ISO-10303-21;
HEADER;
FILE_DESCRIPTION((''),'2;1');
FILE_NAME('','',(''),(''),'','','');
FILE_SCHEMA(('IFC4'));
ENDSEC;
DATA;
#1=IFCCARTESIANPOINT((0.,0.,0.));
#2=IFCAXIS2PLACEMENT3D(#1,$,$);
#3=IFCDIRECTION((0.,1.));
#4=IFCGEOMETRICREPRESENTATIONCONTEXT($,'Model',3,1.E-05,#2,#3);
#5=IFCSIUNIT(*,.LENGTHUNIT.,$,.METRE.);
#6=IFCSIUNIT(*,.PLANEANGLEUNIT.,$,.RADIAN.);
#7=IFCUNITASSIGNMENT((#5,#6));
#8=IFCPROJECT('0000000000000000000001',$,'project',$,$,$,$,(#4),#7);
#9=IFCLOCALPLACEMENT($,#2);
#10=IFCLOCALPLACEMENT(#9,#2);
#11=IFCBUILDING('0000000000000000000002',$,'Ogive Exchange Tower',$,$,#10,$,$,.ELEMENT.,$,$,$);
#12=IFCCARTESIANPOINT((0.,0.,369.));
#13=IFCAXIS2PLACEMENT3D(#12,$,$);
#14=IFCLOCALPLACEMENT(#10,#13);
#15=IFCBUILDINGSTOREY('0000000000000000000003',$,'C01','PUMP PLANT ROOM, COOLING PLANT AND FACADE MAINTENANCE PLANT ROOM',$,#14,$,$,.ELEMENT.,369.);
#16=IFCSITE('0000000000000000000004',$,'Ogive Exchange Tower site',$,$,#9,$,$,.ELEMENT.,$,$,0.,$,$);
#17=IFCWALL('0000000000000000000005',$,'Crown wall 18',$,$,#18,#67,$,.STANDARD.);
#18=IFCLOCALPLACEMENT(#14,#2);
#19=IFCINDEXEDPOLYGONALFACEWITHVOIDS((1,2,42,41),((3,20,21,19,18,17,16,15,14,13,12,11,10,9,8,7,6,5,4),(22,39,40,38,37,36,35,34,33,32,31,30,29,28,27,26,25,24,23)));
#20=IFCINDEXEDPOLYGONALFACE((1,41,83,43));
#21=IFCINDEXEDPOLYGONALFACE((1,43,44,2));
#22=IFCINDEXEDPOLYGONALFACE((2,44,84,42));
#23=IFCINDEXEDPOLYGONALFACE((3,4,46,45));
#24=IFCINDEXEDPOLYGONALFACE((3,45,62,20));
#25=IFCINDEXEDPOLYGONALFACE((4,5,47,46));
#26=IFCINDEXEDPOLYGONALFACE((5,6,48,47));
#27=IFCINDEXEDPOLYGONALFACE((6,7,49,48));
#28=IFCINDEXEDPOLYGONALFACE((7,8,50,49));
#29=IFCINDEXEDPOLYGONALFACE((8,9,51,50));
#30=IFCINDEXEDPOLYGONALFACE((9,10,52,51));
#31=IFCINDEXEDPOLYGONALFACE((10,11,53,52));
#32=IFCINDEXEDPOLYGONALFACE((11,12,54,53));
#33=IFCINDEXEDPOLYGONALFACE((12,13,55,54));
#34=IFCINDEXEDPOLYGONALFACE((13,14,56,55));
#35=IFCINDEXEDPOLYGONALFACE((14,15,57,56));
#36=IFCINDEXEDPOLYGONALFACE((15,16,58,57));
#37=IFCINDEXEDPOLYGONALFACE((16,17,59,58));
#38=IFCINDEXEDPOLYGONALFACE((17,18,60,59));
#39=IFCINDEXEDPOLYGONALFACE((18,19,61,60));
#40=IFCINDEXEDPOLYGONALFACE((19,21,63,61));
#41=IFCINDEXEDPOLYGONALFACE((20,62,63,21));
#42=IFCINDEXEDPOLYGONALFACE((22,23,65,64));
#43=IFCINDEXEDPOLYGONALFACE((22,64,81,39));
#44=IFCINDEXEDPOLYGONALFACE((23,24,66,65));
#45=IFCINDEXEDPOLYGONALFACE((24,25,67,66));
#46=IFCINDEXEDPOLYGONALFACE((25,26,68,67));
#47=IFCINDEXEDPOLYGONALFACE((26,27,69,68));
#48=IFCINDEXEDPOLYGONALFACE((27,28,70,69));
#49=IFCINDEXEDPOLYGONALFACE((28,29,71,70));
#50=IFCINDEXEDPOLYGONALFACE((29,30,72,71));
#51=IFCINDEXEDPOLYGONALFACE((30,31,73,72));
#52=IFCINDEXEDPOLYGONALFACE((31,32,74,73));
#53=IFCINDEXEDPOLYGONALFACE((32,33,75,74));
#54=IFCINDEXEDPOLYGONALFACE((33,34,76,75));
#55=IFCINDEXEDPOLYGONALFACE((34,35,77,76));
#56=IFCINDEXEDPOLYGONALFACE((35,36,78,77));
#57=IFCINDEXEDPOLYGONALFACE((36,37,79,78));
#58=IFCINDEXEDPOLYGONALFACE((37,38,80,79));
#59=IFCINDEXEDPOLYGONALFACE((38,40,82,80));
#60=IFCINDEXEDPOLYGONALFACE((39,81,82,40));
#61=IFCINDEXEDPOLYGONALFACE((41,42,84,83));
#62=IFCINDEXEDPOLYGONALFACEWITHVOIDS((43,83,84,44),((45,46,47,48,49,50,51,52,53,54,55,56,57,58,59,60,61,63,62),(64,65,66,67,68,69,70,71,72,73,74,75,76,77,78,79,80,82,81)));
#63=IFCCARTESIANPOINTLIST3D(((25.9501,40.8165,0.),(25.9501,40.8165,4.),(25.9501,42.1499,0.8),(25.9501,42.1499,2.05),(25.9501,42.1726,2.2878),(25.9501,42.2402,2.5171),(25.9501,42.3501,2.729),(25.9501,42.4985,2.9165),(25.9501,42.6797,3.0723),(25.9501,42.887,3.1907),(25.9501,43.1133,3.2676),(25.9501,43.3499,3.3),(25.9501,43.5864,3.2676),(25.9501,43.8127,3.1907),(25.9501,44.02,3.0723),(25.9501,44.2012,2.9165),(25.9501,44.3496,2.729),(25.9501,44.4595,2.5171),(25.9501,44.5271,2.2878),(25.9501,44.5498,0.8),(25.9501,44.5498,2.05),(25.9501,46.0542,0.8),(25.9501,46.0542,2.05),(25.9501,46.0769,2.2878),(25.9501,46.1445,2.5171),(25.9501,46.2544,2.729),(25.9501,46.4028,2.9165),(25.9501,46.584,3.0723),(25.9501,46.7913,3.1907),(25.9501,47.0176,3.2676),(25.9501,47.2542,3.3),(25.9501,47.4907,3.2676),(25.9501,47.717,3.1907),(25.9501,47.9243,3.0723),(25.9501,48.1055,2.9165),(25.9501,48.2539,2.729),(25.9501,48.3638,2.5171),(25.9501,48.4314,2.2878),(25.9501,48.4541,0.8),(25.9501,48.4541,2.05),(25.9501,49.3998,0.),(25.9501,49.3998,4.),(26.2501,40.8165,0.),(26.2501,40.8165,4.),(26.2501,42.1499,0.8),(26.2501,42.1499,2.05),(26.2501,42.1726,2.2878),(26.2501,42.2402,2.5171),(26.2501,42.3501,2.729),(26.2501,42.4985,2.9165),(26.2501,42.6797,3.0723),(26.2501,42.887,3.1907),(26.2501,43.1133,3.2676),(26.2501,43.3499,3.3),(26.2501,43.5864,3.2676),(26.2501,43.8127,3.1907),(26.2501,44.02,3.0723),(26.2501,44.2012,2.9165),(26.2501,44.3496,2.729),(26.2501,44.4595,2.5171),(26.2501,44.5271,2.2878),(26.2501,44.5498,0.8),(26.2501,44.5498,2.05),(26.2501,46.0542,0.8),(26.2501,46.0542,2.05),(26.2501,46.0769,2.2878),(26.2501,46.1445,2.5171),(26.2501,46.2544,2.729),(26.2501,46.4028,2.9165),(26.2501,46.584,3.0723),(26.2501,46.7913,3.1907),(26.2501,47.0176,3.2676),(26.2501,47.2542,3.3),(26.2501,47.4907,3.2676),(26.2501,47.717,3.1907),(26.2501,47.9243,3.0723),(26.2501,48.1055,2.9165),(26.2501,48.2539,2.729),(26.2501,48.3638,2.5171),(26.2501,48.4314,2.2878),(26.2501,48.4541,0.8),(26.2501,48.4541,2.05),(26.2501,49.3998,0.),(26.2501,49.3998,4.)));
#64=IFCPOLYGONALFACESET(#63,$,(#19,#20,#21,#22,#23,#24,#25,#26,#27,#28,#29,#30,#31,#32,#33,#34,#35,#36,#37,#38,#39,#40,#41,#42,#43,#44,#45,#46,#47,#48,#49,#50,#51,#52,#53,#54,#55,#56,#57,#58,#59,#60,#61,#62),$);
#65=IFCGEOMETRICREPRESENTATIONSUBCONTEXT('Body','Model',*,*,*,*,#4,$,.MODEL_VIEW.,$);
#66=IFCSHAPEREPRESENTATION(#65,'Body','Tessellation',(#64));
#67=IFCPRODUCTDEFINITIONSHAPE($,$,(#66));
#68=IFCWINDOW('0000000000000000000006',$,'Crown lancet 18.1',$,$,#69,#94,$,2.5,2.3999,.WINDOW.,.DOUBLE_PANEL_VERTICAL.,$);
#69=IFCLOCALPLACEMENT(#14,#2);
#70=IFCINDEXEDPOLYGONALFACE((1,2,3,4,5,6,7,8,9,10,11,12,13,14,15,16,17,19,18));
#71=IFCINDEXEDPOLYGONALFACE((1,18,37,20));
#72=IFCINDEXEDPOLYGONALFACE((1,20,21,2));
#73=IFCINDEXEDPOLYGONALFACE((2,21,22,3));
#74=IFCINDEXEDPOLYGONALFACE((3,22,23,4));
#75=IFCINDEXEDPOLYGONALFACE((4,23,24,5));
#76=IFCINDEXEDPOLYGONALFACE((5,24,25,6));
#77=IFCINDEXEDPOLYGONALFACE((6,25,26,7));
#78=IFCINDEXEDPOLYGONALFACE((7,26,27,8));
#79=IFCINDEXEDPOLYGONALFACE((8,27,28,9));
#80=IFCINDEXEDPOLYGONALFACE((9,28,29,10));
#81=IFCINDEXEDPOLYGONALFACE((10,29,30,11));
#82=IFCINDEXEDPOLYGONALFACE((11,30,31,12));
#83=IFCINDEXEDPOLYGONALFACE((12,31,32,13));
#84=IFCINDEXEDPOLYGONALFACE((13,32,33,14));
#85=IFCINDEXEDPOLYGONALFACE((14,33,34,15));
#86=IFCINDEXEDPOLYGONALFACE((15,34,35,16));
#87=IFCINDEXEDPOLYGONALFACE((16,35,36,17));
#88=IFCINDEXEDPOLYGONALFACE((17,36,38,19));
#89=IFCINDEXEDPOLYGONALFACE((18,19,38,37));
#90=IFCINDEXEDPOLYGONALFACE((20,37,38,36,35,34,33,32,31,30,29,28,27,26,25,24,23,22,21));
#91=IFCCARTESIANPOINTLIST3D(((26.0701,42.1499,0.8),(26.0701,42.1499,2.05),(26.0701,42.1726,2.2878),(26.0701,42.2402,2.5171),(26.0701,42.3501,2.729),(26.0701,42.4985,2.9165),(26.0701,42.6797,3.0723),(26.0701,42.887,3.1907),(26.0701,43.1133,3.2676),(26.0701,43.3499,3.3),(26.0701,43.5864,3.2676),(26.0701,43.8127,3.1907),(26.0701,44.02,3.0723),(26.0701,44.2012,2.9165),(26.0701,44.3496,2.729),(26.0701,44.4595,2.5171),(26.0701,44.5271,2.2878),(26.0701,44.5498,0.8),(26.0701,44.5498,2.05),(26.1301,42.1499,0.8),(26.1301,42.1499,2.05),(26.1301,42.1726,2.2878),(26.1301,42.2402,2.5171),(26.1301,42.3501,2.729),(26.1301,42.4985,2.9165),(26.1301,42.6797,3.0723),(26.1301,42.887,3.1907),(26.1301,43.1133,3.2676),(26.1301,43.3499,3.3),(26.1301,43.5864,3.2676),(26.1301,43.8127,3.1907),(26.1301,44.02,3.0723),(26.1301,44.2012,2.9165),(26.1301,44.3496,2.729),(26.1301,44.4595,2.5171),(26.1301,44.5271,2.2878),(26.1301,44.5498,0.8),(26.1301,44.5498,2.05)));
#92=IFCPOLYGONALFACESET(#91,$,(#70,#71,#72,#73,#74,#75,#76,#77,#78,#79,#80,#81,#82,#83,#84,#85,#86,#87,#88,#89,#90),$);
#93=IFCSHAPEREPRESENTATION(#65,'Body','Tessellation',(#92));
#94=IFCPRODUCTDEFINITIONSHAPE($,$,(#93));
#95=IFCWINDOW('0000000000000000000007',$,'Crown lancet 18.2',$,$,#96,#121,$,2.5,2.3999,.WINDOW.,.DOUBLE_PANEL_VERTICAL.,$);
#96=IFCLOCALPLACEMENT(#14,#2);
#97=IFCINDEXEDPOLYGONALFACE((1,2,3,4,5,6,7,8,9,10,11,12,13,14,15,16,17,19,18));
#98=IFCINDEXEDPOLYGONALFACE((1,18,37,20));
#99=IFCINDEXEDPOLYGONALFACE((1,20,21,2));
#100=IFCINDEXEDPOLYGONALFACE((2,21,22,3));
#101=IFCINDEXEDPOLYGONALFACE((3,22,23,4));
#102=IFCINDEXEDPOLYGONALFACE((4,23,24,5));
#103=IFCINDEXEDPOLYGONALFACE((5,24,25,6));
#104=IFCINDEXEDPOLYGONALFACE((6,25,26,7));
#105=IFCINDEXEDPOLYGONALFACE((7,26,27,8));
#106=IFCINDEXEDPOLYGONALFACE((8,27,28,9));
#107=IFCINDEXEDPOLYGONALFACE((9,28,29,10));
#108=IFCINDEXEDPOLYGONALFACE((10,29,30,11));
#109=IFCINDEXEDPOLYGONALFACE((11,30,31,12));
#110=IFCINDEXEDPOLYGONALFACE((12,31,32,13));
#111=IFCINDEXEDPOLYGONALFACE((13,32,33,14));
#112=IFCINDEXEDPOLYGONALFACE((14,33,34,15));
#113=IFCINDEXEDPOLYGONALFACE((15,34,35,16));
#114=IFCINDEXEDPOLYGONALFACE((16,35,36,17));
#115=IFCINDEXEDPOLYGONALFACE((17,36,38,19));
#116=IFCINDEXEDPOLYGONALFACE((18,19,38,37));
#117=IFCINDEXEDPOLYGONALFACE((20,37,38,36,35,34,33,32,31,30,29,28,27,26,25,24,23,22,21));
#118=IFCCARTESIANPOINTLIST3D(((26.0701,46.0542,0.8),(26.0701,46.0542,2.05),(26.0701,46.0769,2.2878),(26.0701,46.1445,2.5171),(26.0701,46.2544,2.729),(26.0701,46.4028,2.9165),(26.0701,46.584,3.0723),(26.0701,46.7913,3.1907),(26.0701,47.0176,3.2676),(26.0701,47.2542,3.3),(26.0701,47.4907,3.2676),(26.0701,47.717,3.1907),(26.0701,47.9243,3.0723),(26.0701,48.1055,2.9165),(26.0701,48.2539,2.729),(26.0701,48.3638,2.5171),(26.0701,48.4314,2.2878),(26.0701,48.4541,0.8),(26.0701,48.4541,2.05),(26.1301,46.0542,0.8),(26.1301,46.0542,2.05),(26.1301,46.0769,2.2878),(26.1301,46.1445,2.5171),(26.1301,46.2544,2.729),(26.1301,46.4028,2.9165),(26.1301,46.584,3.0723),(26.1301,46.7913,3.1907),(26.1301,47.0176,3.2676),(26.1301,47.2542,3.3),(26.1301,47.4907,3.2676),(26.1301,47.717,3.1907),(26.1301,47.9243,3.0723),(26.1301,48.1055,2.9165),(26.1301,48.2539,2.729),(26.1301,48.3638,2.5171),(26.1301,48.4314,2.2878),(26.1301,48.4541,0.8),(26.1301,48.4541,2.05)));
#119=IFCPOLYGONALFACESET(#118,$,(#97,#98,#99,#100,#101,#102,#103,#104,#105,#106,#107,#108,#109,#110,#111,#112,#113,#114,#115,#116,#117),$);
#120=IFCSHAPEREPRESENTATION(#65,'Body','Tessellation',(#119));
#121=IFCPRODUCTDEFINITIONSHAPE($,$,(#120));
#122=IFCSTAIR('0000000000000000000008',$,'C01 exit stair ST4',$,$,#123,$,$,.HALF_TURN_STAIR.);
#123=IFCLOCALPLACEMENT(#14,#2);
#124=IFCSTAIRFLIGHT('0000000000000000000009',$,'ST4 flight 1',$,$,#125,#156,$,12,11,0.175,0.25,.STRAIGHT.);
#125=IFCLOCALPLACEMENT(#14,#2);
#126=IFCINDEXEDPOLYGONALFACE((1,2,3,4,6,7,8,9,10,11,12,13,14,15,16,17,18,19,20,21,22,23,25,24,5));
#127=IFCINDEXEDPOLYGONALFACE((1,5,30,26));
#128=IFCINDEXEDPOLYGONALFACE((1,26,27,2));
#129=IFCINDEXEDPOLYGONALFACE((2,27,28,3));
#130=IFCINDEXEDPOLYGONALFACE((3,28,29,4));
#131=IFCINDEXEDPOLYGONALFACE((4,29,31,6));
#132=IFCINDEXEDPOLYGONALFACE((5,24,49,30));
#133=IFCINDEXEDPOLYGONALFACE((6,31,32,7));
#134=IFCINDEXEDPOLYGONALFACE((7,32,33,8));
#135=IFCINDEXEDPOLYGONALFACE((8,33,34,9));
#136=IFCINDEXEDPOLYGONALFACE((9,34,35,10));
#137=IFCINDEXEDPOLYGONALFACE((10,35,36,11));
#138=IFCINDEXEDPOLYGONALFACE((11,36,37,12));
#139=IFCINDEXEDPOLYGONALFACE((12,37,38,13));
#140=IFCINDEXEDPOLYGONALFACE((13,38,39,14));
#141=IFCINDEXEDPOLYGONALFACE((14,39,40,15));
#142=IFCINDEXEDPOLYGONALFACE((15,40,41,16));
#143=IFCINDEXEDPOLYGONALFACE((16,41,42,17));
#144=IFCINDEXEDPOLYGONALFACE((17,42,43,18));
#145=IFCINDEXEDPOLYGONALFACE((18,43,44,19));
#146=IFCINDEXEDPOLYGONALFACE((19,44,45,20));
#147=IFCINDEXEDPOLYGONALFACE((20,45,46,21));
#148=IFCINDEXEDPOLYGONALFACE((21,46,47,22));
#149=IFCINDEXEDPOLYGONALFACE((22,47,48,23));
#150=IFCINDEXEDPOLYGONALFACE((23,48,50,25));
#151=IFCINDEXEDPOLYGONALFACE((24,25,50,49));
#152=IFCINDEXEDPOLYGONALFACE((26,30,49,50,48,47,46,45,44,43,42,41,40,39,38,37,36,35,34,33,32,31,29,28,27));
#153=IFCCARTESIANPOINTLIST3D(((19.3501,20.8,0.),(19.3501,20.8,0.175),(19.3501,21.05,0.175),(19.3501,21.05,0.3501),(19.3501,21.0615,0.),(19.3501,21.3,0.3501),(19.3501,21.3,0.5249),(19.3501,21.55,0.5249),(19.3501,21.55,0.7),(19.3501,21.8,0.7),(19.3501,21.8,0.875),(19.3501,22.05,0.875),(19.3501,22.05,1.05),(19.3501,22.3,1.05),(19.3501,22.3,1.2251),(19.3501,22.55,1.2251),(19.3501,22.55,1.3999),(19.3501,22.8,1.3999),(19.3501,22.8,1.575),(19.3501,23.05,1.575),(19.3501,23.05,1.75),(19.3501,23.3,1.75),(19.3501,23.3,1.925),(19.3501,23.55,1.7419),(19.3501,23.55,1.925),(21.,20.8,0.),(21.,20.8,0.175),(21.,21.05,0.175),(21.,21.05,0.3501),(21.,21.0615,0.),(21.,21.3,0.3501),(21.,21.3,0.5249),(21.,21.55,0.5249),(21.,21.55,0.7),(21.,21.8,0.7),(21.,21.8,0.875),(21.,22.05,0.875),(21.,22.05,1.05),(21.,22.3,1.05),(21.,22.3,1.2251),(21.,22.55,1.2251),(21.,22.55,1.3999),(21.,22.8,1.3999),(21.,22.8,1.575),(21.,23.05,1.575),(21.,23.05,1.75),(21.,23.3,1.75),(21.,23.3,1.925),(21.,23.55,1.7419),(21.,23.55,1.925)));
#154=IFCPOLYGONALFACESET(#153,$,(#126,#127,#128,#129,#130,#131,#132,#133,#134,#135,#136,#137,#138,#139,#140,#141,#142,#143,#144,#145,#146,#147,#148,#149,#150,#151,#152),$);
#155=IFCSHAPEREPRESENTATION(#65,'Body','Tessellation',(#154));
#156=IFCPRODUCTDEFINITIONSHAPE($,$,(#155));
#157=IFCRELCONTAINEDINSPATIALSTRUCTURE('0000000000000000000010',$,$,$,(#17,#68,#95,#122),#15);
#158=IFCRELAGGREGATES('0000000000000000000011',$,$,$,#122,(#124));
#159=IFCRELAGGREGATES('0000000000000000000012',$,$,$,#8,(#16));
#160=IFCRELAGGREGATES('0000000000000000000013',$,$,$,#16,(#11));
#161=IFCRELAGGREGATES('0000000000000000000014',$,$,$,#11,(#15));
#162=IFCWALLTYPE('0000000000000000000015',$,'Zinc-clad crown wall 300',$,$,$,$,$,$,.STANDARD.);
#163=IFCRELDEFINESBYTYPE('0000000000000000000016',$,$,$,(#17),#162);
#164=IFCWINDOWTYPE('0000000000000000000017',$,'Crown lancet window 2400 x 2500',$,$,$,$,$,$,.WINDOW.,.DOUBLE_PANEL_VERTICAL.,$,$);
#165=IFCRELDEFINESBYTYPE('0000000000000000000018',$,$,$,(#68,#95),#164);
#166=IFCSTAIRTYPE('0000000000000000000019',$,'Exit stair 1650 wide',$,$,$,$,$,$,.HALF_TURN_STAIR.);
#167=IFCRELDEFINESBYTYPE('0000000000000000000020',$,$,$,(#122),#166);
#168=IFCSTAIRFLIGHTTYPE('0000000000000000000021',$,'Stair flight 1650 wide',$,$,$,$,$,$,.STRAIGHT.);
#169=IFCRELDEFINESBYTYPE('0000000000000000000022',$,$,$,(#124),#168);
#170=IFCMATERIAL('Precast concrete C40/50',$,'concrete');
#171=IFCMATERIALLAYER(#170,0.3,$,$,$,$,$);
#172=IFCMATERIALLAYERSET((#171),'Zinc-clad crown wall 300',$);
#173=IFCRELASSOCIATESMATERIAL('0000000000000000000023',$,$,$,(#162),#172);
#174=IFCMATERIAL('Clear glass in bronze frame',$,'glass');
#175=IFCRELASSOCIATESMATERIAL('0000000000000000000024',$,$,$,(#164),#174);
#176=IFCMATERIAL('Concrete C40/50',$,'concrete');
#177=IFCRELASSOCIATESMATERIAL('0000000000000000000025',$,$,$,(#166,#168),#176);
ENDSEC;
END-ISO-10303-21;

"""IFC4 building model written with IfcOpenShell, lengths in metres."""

from ifc_helpers import new_model, si_unit, direction, frame, frame_2d, origin, place, context, subcontext, project, spatial, polyline, rectangle, outline, extrude, material, layer, layer_set, type_object, element, fill, aggregate, save


model = new_model("IFC4")

# Units and contexts
model_context = context("Model", 3, precision=1e-05, world=origin(), true_north=direction((0.0, 1.0)))
body_context = subcontext(model_context, "Body", "Model", "MODEL_VIEW")
ifc_project = project(units=[si_unit("LENGTHUNIT", "METRE"), si_unit("PLANEANGLEUNIT", "RADIAN")], contexts=[model_context])

# Site, building, storey
site_placement = place(None, origin())
site = spatial("IfcSite", under=ifc_project, at=site_placement, Name="Ogive Exchange Tower site", CompositionType="ELEMENT", RefElevation=0.0)
building_placement = place(site_placement, origin())
building = spatial("IfcBuilding", under=site, at=building_placement, Name="Ogive Exchange Tower", CompositionType="ELEMENT")
storey_placement = place(building_placement, frame((0.0, 0.0, 369.0)))
storey = spatial("IfcBuildingStorey", under=building, at=storey_placement, Name="C01", Description="PUMP PLANT ROOM, COOLING PLANT AND FACADE MAINTENANCE PLANT ROOM", CompositionType="ELEMENT", Elevation=369.0)

# Wall, openings, windows
ifc_material_1 = material(Name="Precast concrete C40/50", Category="concrete")
ifc_layer_1 = layer(ifc_material_1, 0.3)
ifc_layer_set_1 = layer_set([ifc_layer_1], Name="Zinc-clad crown wall 300")
wall_type_1 = type_object("IfcWallType", Name="Zinc-clad crown wall 300", PredefinedType="STANDARD", material=ifc_layer_set_1)
ifc_material_2 = material(Name="Clear glass in bronze frame", Category="glass")
window_type = type_object("IfcWindowType", Name="Crown lancet window 2400 x 2500", PartitioningType="DOUBLE_PANEL_VERTICAL", PredefinedType="WINDOW", material=ifc_material_2)
wall_1_placement = place(storey_placement, frame((26.1001, 40.8167, 0.0), z_axis=(0.0, 0.0, 1.0), x_axis=(0.0, 1.0, 0.0)))
wall_1 = element("IfcWall", 1, at=wall_1_placement, inside=storey, type_object=wall_type_1, Name="Crown wall 18", PredefinedType="STANDARD", context=body_context, shape_type="SweptSolid", body=[
    extrude(rectangle(XDim=8.5833, YDim=0.3, at=frame_2d((4.2915, 0.0))), origin(), (0.0, 0.0, 1.0), 4.0),
])
opening_1_placement = place(wall_1_placement, frame((1.3333, 0.0, 0.8)))
opening_1 = element("IfcOpeningElement", 2, at=opening_1_placement, cuts=wall_1, PredefinedType="OPENING", context=body_context, shape_type="SweptSolid", body=[
    extrude(outline(polyline([(0.0, 0.0), (2.3999, 0.0), (2.3999, 1.25), (2.3772, 1.4878), (2.3096, 1.717), (2.1997, 1.929), (2.0513, 2.1165), (1.8701, 2.2722), (1.6628, 2.3906), (1.4365, 2.4675), (1.2, 2.5), (0.9634, 2.4675), (0.7371, 2.3906), (0.5298, 2.2722), (0.3486, 2.1165), (0.2002, 1.929), (0.0903, 1.717), (0.0227, 1.4878), (0.0, 1.25), (0.0, 0.0)])), frame((0.0, 0.1599, 0.0), z_axis=(0.0, -1.0, 0.0), x_axis=(1.0, 0.0, 0.0)), (0.0, 0.0, 1.0), 0.3201),
])
opening_2_placement = place(wall_1_placement, frame((5.2375, 0.0, 0.8)))
opening_2 = element("IfcOpeningElement", 3, at=opening_2_placement, cuts=wall_1, PredefinedType="OPENING", context=body_context, shape_type="SweptSolid", body=[
    extrude(outline(polyline([(0.0, 0.0), (2.3999, 0.0), (2.3999, 1.25), (2.3772, 1.4878), (2.3096, 1.717), (2.1997, 1.929), (2.0513, 2.1165), (1.8701, 2.2722), (1.6628, 2.3906), (1.4365, 2.4675), (1.2, 2.5), (0.9634, 2.4675), (0.7371, 2.3906), (0.5298, 2.2722), (0.3486, 2.1165), (0.2002, 1.929), (0.0903, 1.717), (0.0227, 1.4878), (0.0, 1.25), (0.0, 0.0)])), frame((0.0, 0.1599, 0.0), z_axis=(0.0, -1.0, 0.0), x_axis=(1.0, 0.0, 0.0)), (0.0, 0.0, 1.0), 0.3201),
])
window_1_placement = place(opening_1_placement, origin())
window_1 = element("IfcWindow", 4, at=window_1_placement, inside=storey, type_object=window_type, Name="Crown lancet 18.1", OverallHeight=2.5, OverallWidth=2.3999, PartitioningType="DOUBLE_PANEL_VERTICAL", PredefinedType="WINDOW", context=body_context, shape_type="SweptSolid", body=[
    extrude(outline(polyline([(0.0, 0.0), (2.3999, 0.0), (2.3999, 1.25), (2.3772, 1.4878), (2.3096, 1.717), (2.1997, 1.929), (2.0513, 2.1165), (1.8701, 2.2722), (1.6628, 2.3906), (1.4365, 2.4675), (1.2, 2.5), (0.9634, 2.4675), (0.7371, 2.3906), (0.5298, 2.2722), (0.3486, 2.1165), (0.2002, 1.929), (0.0903, 1.717), (0.0227, 1.4878), (0.0, 1.25), (0.0, 0.0)])), frame((0.0, 0.03, 0.0), z_axis=(0.0, -1.0, 0.0), x_axis=(1.0, 0.0, 0.0)), (0.0, 0.0, 1.0), 0.0601),
])
fill(opening_1, window_1)
window_2_placement = place(opening_2_placement, origin())
window_2 = element("IfcWindow", 5, at=window_2_placement, inside=storey, type_object=window_type, Name="Crown lancet 18.2", OverallHeight=2.5, OverallWidth=2.3999, PartitioningType="DOUBLE_PANEL_VERTICAL", PredefinedType="WINDOW", context=body_context, shape_type="SweptSolid", body=[
    extrude(outline(polyline([(0.0, 0.0), (2.3999, 0.0), (2.3999, 1.25), (2.3772, 1.4878), (2.3096, 1.717), (2.1997, 1.929), (2.0513, 2.1165), (1.8701, 2.2722), (1.6628, 2.3906), (1.4365, 2.4675), (1.2, 2.5), (0.9634, 2.4675), (0.7371, 2.3906), (0.5298, 2.2722), (0.3486, 2.1165), (0.2002, 1.929), (0.0903, 1.717), (0.0227, 1.4878), (0.0, 1.25), (0.0, 0.0)])), frame((0.0, 0.03, 0.0), z_axis=(0.0, -1.0, 0.0), x_axis=(1.0, 0.0, 0.0)), (0.0, 0.0, 1.0), 0.0601),
])
fill(opening_2, window_2)

# Stair, stair flight
ifc_material_3 = material(Name="Concrete C40/50", Category="concrete")
stair_type = type_object("IfcStairType", Name="Exit stair 1650 wide", PredefinedType="HALF_TURN_STAIR", material=ifc_material_3)
stair_placement = place(storey_placement, origin())
stair = element("IfcStair", 6, at=stair_placement, inside=storey, type_object=stair_type, Name="C01 exit stair ST4", PredefinedType="HALF_TURN_STAIR")
stair_flight_type = type_object("IfcStairFlightType", Name="Stair flight 1650 wide", PredefinedType="STRAIGHT", material=ifc_material_3)
stair_flight_1_placement = place(storey_placement, frame((20.175, 20.8, 0.0), z_axis=(0.0, 0.0, 1.0), x_axis=(0.0, 1.0, 0.0)))
stair_flight_1 = element("IfcStairFlight", 7, at=stair_flight_1_placement, type_object=stair_flight_type, Name="ST4 flight 1", NumberOfRisers=12, NumberOfTreads=11, PredefinedType="STRAIGHT", RiserHeight=0.175, TreadLength=0.25, context=body_context, shape_type="SweptSolid", body=[
    extrude(outline(polyline([(0.0, 0.0), (0.0, 0.175), (0.25, 0.175), (0.25, 0.3501), (0.5, 0.3501), (0.5, 0.5249), (0.75, 0.5249), (0.75, 0.7), (1.0, 0.7), (1.0, 0.875), (1.25, 0.875), (1.25, 1.05), (1.5, 1.05), (1.5, 1.2251), (1.75, 1.2251), (1.75, 1.3999), (2.0, 1.3999), (2.0, 1.575), (2.25, 1.575), (2.25, 1.75), (2.5, 1.75), (2.5, 1.925), (2.75, 1.925), (2.75, 2.1001), (2.75, 1.7419), (0.2615, 0.0), (0.0, 0.0)])), frame((0.0, 0.825, 0.0), z_axis=(0.0, -1.0, 0.0), x_axis=(1.0, 0.0, 0.0)), (0.0, 0.0, 1.0), 1.6499),
])
aggregate(stair, [stair_flight_1])

save(model, "model.ifc")
